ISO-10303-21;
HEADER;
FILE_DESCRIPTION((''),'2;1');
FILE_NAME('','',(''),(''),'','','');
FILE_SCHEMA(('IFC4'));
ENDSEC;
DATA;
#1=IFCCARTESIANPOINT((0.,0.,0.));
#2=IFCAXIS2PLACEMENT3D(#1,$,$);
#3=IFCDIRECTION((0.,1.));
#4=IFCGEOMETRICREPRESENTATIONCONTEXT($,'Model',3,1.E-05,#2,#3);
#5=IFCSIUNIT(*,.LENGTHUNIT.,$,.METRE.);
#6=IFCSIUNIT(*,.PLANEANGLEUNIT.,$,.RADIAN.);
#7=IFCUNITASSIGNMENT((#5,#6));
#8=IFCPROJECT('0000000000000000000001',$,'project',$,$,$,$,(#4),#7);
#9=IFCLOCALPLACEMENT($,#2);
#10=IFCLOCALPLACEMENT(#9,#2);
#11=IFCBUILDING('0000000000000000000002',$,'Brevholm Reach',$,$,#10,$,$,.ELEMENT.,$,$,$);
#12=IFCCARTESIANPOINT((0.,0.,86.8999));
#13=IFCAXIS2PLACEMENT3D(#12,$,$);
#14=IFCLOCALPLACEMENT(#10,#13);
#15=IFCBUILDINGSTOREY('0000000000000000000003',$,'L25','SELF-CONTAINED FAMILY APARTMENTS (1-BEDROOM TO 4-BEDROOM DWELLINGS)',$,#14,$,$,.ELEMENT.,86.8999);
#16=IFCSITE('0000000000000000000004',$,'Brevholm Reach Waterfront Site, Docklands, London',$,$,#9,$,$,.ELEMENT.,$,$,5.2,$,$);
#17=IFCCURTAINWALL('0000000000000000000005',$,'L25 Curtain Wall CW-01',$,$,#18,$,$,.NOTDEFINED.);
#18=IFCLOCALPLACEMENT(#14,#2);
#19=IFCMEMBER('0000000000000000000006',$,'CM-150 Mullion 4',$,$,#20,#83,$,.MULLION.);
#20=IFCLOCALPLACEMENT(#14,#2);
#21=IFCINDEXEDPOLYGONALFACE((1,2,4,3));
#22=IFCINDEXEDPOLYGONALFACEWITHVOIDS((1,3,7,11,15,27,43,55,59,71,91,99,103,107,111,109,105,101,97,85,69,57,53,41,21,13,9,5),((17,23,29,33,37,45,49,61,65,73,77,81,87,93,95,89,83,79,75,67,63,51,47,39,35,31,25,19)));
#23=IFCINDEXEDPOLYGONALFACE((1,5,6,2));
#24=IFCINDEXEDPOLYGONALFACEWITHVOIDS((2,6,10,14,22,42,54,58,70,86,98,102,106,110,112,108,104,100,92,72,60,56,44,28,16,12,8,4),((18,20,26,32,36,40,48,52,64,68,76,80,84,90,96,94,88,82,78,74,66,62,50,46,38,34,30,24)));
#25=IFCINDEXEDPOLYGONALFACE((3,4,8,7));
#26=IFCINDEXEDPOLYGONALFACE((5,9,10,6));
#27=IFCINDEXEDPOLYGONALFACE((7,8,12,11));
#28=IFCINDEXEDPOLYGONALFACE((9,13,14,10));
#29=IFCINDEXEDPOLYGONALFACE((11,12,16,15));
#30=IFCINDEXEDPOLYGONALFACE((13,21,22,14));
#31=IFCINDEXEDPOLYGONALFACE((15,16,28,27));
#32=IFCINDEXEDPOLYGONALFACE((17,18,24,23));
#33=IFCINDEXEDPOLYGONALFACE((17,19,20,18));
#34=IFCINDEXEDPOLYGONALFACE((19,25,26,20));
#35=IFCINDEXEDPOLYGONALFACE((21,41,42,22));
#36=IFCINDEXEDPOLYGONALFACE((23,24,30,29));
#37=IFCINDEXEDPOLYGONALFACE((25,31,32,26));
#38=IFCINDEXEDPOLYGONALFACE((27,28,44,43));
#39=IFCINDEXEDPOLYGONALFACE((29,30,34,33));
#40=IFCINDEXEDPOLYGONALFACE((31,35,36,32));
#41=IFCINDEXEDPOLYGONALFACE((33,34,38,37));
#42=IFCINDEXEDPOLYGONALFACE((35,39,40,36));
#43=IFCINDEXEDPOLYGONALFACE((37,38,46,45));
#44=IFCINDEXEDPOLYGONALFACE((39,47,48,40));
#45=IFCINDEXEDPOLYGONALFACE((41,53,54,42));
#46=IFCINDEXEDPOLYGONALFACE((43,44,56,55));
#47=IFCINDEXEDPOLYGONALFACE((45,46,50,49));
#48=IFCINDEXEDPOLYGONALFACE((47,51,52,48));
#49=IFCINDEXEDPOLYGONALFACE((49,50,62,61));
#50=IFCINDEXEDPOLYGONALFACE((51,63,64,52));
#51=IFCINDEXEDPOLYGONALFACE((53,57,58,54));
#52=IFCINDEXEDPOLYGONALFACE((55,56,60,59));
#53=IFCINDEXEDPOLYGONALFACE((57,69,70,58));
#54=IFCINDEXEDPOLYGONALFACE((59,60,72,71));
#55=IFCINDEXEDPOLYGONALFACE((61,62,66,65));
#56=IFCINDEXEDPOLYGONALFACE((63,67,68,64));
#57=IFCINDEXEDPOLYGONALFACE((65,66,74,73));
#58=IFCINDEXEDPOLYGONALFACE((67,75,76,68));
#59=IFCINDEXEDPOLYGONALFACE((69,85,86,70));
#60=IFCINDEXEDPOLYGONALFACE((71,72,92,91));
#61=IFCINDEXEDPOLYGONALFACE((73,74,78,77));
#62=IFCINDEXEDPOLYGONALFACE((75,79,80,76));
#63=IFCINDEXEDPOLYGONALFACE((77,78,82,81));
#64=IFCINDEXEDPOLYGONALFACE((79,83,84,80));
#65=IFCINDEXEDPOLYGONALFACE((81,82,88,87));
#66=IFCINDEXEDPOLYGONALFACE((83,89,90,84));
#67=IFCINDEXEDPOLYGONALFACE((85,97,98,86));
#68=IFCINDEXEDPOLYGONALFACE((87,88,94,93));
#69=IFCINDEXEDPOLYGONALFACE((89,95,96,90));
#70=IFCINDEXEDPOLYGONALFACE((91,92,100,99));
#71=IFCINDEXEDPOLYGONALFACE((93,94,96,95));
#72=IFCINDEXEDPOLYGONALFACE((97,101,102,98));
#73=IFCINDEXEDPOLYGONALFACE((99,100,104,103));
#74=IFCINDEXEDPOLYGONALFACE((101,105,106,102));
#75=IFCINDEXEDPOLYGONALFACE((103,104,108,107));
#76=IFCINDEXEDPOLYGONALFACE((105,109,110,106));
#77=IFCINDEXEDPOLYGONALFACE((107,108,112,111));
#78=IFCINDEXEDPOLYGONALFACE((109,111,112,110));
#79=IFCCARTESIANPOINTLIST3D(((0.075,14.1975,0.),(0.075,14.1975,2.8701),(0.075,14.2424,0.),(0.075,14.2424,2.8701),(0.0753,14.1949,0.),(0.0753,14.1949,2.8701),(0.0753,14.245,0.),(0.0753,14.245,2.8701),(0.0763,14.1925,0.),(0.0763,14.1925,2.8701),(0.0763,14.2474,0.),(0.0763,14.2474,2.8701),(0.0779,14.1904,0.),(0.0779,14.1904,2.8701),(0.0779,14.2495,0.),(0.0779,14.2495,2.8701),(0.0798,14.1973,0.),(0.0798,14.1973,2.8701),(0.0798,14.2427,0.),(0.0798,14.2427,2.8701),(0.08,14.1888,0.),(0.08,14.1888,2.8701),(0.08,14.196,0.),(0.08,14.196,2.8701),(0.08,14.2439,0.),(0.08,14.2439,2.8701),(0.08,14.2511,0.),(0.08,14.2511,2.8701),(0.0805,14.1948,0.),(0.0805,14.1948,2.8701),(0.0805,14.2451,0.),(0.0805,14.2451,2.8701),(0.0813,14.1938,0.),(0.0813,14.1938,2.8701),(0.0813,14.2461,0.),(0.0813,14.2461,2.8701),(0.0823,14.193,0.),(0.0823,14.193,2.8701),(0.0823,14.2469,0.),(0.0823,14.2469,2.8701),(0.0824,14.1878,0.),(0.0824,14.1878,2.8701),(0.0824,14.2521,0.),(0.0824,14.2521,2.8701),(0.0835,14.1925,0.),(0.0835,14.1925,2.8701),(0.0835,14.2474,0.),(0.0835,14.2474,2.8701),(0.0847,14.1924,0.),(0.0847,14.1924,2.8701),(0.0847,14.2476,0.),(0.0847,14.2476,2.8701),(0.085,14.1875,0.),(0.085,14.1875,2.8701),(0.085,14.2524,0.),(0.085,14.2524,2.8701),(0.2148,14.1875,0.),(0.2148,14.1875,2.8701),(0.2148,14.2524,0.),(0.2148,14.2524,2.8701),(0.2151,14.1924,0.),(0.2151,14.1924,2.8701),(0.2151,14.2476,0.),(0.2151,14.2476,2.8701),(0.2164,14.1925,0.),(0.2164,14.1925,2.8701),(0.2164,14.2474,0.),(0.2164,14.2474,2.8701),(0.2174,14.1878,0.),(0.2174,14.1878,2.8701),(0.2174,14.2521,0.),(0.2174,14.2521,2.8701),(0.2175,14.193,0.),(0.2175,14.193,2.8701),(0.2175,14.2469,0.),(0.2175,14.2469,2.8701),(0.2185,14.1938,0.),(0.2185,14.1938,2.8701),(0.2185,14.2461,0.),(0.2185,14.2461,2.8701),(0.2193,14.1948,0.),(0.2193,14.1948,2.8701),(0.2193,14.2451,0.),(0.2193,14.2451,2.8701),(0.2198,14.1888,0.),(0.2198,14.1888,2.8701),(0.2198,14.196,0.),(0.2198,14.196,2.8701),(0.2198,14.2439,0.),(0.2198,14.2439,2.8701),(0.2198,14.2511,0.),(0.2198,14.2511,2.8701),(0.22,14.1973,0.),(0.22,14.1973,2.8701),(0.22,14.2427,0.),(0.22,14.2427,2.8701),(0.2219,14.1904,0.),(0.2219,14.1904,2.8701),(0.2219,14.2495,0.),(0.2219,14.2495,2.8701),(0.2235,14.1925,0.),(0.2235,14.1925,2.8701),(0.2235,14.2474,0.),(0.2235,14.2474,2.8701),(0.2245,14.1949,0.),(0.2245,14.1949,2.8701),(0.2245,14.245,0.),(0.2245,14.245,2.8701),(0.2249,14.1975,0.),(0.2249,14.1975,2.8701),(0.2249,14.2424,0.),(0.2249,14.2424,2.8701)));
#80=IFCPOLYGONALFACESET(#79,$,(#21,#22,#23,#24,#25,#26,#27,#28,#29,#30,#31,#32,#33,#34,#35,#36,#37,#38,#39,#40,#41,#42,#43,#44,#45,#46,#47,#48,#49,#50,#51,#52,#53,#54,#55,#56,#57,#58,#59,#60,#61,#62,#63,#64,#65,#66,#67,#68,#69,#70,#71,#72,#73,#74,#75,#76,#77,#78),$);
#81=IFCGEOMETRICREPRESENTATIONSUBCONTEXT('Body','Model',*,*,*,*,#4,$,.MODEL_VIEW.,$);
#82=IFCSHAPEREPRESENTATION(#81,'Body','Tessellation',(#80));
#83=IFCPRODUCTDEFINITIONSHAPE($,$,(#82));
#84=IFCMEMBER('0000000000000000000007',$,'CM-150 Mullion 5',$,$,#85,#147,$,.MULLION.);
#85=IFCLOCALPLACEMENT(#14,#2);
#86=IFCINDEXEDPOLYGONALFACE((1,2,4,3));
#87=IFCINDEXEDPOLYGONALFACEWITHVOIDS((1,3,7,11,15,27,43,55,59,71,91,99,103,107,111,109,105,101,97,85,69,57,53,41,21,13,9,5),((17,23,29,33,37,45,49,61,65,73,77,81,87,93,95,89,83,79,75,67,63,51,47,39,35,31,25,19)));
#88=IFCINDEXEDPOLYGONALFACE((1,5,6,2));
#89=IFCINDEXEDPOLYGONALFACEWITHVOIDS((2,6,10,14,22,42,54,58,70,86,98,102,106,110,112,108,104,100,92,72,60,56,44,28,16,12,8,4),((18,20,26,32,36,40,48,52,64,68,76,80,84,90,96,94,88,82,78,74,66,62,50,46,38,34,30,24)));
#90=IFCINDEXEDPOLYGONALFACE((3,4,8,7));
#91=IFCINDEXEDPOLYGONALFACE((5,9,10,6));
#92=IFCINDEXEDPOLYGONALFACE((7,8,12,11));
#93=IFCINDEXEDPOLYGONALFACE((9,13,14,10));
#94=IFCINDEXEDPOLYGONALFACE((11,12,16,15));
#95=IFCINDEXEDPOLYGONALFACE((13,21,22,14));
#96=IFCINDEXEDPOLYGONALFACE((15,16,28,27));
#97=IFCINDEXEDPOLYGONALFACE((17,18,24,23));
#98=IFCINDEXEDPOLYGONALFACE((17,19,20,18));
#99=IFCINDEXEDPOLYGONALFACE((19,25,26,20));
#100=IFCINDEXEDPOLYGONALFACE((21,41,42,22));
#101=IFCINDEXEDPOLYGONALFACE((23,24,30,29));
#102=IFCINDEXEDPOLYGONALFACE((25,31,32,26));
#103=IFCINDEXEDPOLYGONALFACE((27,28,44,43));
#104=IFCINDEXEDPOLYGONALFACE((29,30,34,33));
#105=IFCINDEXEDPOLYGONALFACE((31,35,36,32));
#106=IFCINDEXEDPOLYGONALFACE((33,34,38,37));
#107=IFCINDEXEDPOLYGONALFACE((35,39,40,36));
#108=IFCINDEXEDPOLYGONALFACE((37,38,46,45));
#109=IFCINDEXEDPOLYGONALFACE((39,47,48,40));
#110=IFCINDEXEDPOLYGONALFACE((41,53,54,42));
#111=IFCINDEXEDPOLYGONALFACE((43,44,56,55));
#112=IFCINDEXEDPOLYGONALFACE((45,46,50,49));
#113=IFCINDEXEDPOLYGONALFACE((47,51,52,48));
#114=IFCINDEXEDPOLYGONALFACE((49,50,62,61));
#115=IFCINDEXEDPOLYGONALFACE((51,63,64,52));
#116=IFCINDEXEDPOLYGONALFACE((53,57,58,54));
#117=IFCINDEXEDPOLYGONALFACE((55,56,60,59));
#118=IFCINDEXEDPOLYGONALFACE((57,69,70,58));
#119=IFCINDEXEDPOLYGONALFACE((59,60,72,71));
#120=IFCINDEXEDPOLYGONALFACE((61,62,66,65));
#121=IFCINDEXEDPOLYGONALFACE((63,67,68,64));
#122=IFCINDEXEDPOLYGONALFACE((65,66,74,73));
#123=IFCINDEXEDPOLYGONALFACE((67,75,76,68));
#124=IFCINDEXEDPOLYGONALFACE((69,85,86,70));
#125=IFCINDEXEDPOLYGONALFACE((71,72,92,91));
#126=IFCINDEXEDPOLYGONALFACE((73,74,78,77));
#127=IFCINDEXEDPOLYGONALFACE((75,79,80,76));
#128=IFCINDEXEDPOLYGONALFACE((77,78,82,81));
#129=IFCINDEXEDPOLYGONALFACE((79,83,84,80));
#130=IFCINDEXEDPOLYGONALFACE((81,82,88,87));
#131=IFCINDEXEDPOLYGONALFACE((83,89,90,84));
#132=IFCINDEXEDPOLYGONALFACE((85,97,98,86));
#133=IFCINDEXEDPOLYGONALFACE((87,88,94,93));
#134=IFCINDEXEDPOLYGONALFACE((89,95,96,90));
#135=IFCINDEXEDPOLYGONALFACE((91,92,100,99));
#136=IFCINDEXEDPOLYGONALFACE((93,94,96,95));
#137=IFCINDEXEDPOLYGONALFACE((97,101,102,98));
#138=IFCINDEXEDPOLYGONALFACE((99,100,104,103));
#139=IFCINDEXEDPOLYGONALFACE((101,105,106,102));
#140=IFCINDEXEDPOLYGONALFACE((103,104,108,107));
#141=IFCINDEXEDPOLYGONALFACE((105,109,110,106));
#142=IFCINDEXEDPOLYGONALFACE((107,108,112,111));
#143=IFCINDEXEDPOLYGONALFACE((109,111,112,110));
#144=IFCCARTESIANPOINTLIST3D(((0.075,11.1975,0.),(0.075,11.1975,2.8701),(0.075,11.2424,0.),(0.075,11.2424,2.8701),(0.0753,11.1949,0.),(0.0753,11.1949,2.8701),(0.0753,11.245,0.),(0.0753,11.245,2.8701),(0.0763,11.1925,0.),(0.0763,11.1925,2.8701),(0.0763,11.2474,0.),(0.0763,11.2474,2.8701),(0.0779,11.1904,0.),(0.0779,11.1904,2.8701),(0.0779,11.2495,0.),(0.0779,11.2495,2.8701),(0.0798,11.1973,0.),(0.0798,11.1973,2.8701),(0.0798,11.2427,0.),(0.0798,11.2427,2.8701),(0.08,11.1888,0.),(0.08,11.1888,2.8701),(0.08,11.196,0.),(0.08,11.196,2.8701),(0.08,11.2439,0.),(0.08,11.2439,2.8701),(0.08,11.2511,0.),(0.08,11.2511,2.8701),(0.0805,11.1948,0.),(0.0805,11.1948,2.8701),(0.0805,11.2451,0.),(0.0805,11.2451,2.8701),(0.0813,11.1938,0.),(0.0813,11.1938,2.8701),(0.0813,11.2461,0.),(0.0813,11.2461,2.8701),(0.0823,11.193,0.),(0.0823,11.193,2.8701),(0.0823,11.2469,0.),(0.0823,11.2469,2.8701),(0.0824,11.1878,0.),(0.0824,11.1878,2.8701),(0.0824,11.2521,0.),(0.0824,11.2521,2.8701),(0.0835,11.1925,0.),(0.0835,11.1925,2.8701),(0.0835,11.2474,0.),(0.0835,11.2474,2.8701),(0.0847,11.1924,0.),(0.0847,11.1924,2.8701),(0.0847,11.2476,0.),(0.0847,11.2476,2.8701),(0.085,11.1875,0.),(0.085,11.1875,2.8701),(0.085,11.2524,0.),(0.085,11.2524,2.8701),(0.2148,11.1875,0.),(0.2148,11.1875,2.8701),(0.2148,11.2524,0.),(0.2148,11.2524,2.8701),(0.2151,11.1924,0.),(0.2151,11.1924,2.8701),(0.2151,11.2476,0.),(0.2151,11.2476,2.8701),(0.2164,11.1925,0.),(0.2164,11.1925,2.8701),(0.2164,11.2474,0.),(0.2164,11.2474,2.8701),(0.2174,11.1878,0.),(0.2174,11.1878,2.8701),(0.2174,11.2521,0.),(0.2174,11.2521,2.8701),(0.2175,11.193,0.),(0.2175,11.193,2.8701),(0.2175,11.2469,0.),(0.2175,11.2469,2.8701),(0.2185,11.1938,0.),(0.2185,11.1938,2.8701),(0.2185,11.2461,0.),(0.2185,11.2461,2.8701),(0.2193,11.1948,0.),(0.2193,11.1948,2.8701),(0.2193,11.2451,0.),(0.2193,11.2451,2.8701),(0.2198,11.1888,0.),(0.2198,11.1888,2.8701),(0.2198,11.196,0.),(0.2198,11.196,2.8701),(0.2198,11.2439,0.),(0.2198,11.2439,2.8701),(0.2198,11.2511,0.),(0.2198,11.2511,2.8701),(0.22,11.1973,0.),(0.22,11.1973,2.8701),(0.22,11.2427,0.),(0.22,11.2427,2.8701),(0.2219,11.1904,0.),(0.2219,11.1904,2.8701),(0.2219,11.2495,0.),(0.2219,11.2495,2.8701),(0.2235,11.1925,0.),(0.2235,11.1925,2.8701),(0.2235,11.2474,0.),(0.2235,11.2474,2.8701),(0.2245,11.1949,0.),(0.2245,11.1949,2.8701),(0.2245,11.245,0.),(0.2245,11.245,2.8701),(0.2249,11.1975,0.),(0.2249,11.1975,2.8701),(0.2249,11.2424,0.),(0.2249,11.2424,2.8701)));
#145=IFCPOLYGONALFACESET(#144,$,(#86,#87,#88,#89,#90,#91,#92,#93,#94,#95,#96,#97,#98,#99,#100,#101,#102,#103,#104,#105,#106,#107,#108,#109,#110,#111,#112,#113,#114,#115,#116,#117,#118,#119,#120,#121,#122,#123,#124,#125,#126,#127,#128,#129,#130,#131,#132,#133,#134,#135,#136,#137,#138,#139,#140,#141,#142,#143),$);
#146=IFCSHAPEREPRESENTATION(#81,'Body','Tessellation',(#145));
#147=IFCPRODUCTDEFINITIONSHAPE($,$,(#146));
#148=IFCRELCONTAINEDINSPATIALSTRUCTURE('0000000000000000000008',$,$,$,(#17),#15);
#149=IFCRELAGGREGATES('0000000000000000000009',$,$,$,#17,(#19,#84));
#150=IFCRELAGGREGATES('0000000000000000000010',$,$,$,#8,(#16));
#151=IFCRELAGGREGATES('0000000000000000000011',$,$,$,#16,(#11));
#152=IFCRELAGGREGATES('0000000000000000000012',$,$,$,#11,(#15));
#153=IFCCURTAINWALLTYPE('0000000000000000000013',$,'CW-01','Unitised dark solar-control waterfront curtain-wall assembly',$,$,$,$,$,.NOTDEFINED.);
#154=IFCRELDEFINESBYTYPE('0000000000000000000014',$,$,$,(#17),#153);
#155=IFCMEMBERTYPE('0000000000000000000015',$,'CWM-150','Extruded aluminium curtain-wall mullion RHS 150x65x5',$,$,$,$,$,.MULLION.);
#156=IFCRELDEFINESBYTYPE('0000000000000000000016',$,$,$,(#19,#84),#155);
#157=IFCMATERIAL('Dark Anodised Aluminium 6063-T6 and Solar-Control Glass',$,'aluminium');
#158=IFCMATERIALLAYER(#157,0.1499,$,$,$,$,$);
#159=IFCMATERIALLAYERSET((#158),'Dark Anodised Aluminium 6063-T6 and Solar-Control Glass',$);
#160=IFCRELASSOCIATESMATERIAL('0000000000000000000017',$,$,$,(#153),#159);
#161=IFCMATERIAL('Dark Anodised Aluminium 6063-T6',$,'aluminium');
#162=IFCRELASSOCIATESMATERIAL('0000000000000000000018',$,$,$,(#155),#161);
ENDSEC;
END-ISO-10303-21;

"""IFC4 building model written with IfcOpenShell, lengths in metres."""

from ifc_helpers import new_model, si_unit, direction, frame, origin, origin_2d, place, context, subcontext, project, spatial, hollow_rectangle, extrude, material, layer, layer_set, material_profile, profile_set, type_object, element, aggregate, save


model = new_model("IFC4")

# Units and contexts
model_context = context("Model", 3, precision=1e-05, world=origin(), true_north=direction((0.0, 1.0)))
body_context = subcontext(model_context, "Body", "Model", "MODEL_VIEW")
ifc_project = project(units=[si_unit("LENGTHUNIT", "METRE"), si_unit("PLANEANGLEUNIT", "RADIAN")], contexts=[model_context])

# Site, building, storey
site_placement = place(None, origin())
site = spatial("IfcSite", under=ifc_project, at=site_placement, Name="Brevholm Reach Waterfront Site, Docklands, London", CompositionType="ELEMENT", RefElevation=5.2)
building_placement = place(site_placement, origin())
building = spatial("IfcBuilding", under=site, at=building_placement, Name="Brevholm Reach", CompositionType="ELEMENT")
storey_placement = place(building_placement, frame((0.0, 0.0, 86.8999)))
storey = spatial("IfcBuildingStorey", under=building, at=storey_placement, Name="L25", Description="SELF-CONTAINED FAMILY APARTMENTS (1-BEDROOM TO 4-BEDROOM DWELLINGS)", CompositionType="ELEMENT", Elevation=86.8999)

# Curtain wall, members
ifc_material_1 = material(Name="Dark Anodised Aluminium 6063-T6 and Solar-Control Glass", Category="aluminium")
ifc_layer_1 = layer(ifc_material_1, 0.1499)
ifc_layer_set_1 = layer_set([ifc_layer_1], Name="Dark Anodised Aluminium 6063-T6 and Solar-Control Glass")
curtain_wall_type = type_object("IfcCurtainWallType", Name="CW-01", Description="Unitised dark solar-control waterfront curtain-wall assembly", PredefinedType="NOTDEFINED", material=ifc_layer_set_1)
curtain_wall_placement = place(storey_placement, origin())
curtain_wall = element("IfcCurtainWall", 1, at=curtain_wall_placement, inside=storey, type_object=curtain_wall_type, Name="L25 Curtain Wall CW-01", PredefinedType="NOTDEFINED")
ifc_material_2 = material(Name="Dark Anodised Aluminium 6063-T6", Category="aluminium")
ifc_material_profile_1 = material_profile(ifc_material_2, hollow_rectangle(XDim=0.0649, YDim=0.1499, WallThickness=0.0049, InnerFilletRadius=0.0049, OuterFilletRadius=0.01, at=origin_2d()), Name="RHS 150x65x5")
ifc_profile_set_1 = profile_set([ifc_material_profile_1], Name="Dark Anodised Aluminium 6063-T6")
member_type_1 = type_object("IfcMemberType", Name="CWM-150", Description="Extruded aluminium curtain-wall mullion RHS 150x65x5", PredefinedType="MULLION", material=ifc_profile_set_1)
member_1_placement = place(storey_placement, frame((0.1499, 14.22, 0.0), z_axis=(0.0, 0.0, 1.0), x_axis=(0.0, -1.0, 0.0)))
member_1 = element("IfcMember", 2, at=member_1_placement, type_object=member_type_1, Name="CM-150 Mullion 4", PredefinedType="MULLION", context=body_context, shape_type="SweptSolid", body=[
    extrude(hollow_rectangle(XDim=0.0649, YDim=0.1499, WallThickness=0.0049, InnerFilletRadius=0.0049, OuterFilletRadius=0.01, at=origin_2d()), origin(), (0.0, 0.0, 1.0), 2.8701),
])
member_2_placement = place(storey_placement, frame((0.1499, 11.22, 0.0), z_axis=(0.0, 0.0, 1.0), x_axis=(0.0, -1.0, 0.0)))
member_2 = element("IfcMember", 3, at=member_2_placement, type_object=member_type_1, Name="CM-150 Mullion 5", PredefinedType="MULLION", context=body_context, shape_type="SweptSolid", body=[
    extrude(hollow_rectangle(XDim=0.0649, YDim=0.1499, WallThickness=0.0049, InnerFilletRadius=0.0049, OuterFilletRadius=0.01, at=origin_2d()), origin(), (0.0, 0.0, 1.0), 2.8701),
])
aggregate(curtain_wall, [member_1, member_2])

save(model, "model.ifc")
